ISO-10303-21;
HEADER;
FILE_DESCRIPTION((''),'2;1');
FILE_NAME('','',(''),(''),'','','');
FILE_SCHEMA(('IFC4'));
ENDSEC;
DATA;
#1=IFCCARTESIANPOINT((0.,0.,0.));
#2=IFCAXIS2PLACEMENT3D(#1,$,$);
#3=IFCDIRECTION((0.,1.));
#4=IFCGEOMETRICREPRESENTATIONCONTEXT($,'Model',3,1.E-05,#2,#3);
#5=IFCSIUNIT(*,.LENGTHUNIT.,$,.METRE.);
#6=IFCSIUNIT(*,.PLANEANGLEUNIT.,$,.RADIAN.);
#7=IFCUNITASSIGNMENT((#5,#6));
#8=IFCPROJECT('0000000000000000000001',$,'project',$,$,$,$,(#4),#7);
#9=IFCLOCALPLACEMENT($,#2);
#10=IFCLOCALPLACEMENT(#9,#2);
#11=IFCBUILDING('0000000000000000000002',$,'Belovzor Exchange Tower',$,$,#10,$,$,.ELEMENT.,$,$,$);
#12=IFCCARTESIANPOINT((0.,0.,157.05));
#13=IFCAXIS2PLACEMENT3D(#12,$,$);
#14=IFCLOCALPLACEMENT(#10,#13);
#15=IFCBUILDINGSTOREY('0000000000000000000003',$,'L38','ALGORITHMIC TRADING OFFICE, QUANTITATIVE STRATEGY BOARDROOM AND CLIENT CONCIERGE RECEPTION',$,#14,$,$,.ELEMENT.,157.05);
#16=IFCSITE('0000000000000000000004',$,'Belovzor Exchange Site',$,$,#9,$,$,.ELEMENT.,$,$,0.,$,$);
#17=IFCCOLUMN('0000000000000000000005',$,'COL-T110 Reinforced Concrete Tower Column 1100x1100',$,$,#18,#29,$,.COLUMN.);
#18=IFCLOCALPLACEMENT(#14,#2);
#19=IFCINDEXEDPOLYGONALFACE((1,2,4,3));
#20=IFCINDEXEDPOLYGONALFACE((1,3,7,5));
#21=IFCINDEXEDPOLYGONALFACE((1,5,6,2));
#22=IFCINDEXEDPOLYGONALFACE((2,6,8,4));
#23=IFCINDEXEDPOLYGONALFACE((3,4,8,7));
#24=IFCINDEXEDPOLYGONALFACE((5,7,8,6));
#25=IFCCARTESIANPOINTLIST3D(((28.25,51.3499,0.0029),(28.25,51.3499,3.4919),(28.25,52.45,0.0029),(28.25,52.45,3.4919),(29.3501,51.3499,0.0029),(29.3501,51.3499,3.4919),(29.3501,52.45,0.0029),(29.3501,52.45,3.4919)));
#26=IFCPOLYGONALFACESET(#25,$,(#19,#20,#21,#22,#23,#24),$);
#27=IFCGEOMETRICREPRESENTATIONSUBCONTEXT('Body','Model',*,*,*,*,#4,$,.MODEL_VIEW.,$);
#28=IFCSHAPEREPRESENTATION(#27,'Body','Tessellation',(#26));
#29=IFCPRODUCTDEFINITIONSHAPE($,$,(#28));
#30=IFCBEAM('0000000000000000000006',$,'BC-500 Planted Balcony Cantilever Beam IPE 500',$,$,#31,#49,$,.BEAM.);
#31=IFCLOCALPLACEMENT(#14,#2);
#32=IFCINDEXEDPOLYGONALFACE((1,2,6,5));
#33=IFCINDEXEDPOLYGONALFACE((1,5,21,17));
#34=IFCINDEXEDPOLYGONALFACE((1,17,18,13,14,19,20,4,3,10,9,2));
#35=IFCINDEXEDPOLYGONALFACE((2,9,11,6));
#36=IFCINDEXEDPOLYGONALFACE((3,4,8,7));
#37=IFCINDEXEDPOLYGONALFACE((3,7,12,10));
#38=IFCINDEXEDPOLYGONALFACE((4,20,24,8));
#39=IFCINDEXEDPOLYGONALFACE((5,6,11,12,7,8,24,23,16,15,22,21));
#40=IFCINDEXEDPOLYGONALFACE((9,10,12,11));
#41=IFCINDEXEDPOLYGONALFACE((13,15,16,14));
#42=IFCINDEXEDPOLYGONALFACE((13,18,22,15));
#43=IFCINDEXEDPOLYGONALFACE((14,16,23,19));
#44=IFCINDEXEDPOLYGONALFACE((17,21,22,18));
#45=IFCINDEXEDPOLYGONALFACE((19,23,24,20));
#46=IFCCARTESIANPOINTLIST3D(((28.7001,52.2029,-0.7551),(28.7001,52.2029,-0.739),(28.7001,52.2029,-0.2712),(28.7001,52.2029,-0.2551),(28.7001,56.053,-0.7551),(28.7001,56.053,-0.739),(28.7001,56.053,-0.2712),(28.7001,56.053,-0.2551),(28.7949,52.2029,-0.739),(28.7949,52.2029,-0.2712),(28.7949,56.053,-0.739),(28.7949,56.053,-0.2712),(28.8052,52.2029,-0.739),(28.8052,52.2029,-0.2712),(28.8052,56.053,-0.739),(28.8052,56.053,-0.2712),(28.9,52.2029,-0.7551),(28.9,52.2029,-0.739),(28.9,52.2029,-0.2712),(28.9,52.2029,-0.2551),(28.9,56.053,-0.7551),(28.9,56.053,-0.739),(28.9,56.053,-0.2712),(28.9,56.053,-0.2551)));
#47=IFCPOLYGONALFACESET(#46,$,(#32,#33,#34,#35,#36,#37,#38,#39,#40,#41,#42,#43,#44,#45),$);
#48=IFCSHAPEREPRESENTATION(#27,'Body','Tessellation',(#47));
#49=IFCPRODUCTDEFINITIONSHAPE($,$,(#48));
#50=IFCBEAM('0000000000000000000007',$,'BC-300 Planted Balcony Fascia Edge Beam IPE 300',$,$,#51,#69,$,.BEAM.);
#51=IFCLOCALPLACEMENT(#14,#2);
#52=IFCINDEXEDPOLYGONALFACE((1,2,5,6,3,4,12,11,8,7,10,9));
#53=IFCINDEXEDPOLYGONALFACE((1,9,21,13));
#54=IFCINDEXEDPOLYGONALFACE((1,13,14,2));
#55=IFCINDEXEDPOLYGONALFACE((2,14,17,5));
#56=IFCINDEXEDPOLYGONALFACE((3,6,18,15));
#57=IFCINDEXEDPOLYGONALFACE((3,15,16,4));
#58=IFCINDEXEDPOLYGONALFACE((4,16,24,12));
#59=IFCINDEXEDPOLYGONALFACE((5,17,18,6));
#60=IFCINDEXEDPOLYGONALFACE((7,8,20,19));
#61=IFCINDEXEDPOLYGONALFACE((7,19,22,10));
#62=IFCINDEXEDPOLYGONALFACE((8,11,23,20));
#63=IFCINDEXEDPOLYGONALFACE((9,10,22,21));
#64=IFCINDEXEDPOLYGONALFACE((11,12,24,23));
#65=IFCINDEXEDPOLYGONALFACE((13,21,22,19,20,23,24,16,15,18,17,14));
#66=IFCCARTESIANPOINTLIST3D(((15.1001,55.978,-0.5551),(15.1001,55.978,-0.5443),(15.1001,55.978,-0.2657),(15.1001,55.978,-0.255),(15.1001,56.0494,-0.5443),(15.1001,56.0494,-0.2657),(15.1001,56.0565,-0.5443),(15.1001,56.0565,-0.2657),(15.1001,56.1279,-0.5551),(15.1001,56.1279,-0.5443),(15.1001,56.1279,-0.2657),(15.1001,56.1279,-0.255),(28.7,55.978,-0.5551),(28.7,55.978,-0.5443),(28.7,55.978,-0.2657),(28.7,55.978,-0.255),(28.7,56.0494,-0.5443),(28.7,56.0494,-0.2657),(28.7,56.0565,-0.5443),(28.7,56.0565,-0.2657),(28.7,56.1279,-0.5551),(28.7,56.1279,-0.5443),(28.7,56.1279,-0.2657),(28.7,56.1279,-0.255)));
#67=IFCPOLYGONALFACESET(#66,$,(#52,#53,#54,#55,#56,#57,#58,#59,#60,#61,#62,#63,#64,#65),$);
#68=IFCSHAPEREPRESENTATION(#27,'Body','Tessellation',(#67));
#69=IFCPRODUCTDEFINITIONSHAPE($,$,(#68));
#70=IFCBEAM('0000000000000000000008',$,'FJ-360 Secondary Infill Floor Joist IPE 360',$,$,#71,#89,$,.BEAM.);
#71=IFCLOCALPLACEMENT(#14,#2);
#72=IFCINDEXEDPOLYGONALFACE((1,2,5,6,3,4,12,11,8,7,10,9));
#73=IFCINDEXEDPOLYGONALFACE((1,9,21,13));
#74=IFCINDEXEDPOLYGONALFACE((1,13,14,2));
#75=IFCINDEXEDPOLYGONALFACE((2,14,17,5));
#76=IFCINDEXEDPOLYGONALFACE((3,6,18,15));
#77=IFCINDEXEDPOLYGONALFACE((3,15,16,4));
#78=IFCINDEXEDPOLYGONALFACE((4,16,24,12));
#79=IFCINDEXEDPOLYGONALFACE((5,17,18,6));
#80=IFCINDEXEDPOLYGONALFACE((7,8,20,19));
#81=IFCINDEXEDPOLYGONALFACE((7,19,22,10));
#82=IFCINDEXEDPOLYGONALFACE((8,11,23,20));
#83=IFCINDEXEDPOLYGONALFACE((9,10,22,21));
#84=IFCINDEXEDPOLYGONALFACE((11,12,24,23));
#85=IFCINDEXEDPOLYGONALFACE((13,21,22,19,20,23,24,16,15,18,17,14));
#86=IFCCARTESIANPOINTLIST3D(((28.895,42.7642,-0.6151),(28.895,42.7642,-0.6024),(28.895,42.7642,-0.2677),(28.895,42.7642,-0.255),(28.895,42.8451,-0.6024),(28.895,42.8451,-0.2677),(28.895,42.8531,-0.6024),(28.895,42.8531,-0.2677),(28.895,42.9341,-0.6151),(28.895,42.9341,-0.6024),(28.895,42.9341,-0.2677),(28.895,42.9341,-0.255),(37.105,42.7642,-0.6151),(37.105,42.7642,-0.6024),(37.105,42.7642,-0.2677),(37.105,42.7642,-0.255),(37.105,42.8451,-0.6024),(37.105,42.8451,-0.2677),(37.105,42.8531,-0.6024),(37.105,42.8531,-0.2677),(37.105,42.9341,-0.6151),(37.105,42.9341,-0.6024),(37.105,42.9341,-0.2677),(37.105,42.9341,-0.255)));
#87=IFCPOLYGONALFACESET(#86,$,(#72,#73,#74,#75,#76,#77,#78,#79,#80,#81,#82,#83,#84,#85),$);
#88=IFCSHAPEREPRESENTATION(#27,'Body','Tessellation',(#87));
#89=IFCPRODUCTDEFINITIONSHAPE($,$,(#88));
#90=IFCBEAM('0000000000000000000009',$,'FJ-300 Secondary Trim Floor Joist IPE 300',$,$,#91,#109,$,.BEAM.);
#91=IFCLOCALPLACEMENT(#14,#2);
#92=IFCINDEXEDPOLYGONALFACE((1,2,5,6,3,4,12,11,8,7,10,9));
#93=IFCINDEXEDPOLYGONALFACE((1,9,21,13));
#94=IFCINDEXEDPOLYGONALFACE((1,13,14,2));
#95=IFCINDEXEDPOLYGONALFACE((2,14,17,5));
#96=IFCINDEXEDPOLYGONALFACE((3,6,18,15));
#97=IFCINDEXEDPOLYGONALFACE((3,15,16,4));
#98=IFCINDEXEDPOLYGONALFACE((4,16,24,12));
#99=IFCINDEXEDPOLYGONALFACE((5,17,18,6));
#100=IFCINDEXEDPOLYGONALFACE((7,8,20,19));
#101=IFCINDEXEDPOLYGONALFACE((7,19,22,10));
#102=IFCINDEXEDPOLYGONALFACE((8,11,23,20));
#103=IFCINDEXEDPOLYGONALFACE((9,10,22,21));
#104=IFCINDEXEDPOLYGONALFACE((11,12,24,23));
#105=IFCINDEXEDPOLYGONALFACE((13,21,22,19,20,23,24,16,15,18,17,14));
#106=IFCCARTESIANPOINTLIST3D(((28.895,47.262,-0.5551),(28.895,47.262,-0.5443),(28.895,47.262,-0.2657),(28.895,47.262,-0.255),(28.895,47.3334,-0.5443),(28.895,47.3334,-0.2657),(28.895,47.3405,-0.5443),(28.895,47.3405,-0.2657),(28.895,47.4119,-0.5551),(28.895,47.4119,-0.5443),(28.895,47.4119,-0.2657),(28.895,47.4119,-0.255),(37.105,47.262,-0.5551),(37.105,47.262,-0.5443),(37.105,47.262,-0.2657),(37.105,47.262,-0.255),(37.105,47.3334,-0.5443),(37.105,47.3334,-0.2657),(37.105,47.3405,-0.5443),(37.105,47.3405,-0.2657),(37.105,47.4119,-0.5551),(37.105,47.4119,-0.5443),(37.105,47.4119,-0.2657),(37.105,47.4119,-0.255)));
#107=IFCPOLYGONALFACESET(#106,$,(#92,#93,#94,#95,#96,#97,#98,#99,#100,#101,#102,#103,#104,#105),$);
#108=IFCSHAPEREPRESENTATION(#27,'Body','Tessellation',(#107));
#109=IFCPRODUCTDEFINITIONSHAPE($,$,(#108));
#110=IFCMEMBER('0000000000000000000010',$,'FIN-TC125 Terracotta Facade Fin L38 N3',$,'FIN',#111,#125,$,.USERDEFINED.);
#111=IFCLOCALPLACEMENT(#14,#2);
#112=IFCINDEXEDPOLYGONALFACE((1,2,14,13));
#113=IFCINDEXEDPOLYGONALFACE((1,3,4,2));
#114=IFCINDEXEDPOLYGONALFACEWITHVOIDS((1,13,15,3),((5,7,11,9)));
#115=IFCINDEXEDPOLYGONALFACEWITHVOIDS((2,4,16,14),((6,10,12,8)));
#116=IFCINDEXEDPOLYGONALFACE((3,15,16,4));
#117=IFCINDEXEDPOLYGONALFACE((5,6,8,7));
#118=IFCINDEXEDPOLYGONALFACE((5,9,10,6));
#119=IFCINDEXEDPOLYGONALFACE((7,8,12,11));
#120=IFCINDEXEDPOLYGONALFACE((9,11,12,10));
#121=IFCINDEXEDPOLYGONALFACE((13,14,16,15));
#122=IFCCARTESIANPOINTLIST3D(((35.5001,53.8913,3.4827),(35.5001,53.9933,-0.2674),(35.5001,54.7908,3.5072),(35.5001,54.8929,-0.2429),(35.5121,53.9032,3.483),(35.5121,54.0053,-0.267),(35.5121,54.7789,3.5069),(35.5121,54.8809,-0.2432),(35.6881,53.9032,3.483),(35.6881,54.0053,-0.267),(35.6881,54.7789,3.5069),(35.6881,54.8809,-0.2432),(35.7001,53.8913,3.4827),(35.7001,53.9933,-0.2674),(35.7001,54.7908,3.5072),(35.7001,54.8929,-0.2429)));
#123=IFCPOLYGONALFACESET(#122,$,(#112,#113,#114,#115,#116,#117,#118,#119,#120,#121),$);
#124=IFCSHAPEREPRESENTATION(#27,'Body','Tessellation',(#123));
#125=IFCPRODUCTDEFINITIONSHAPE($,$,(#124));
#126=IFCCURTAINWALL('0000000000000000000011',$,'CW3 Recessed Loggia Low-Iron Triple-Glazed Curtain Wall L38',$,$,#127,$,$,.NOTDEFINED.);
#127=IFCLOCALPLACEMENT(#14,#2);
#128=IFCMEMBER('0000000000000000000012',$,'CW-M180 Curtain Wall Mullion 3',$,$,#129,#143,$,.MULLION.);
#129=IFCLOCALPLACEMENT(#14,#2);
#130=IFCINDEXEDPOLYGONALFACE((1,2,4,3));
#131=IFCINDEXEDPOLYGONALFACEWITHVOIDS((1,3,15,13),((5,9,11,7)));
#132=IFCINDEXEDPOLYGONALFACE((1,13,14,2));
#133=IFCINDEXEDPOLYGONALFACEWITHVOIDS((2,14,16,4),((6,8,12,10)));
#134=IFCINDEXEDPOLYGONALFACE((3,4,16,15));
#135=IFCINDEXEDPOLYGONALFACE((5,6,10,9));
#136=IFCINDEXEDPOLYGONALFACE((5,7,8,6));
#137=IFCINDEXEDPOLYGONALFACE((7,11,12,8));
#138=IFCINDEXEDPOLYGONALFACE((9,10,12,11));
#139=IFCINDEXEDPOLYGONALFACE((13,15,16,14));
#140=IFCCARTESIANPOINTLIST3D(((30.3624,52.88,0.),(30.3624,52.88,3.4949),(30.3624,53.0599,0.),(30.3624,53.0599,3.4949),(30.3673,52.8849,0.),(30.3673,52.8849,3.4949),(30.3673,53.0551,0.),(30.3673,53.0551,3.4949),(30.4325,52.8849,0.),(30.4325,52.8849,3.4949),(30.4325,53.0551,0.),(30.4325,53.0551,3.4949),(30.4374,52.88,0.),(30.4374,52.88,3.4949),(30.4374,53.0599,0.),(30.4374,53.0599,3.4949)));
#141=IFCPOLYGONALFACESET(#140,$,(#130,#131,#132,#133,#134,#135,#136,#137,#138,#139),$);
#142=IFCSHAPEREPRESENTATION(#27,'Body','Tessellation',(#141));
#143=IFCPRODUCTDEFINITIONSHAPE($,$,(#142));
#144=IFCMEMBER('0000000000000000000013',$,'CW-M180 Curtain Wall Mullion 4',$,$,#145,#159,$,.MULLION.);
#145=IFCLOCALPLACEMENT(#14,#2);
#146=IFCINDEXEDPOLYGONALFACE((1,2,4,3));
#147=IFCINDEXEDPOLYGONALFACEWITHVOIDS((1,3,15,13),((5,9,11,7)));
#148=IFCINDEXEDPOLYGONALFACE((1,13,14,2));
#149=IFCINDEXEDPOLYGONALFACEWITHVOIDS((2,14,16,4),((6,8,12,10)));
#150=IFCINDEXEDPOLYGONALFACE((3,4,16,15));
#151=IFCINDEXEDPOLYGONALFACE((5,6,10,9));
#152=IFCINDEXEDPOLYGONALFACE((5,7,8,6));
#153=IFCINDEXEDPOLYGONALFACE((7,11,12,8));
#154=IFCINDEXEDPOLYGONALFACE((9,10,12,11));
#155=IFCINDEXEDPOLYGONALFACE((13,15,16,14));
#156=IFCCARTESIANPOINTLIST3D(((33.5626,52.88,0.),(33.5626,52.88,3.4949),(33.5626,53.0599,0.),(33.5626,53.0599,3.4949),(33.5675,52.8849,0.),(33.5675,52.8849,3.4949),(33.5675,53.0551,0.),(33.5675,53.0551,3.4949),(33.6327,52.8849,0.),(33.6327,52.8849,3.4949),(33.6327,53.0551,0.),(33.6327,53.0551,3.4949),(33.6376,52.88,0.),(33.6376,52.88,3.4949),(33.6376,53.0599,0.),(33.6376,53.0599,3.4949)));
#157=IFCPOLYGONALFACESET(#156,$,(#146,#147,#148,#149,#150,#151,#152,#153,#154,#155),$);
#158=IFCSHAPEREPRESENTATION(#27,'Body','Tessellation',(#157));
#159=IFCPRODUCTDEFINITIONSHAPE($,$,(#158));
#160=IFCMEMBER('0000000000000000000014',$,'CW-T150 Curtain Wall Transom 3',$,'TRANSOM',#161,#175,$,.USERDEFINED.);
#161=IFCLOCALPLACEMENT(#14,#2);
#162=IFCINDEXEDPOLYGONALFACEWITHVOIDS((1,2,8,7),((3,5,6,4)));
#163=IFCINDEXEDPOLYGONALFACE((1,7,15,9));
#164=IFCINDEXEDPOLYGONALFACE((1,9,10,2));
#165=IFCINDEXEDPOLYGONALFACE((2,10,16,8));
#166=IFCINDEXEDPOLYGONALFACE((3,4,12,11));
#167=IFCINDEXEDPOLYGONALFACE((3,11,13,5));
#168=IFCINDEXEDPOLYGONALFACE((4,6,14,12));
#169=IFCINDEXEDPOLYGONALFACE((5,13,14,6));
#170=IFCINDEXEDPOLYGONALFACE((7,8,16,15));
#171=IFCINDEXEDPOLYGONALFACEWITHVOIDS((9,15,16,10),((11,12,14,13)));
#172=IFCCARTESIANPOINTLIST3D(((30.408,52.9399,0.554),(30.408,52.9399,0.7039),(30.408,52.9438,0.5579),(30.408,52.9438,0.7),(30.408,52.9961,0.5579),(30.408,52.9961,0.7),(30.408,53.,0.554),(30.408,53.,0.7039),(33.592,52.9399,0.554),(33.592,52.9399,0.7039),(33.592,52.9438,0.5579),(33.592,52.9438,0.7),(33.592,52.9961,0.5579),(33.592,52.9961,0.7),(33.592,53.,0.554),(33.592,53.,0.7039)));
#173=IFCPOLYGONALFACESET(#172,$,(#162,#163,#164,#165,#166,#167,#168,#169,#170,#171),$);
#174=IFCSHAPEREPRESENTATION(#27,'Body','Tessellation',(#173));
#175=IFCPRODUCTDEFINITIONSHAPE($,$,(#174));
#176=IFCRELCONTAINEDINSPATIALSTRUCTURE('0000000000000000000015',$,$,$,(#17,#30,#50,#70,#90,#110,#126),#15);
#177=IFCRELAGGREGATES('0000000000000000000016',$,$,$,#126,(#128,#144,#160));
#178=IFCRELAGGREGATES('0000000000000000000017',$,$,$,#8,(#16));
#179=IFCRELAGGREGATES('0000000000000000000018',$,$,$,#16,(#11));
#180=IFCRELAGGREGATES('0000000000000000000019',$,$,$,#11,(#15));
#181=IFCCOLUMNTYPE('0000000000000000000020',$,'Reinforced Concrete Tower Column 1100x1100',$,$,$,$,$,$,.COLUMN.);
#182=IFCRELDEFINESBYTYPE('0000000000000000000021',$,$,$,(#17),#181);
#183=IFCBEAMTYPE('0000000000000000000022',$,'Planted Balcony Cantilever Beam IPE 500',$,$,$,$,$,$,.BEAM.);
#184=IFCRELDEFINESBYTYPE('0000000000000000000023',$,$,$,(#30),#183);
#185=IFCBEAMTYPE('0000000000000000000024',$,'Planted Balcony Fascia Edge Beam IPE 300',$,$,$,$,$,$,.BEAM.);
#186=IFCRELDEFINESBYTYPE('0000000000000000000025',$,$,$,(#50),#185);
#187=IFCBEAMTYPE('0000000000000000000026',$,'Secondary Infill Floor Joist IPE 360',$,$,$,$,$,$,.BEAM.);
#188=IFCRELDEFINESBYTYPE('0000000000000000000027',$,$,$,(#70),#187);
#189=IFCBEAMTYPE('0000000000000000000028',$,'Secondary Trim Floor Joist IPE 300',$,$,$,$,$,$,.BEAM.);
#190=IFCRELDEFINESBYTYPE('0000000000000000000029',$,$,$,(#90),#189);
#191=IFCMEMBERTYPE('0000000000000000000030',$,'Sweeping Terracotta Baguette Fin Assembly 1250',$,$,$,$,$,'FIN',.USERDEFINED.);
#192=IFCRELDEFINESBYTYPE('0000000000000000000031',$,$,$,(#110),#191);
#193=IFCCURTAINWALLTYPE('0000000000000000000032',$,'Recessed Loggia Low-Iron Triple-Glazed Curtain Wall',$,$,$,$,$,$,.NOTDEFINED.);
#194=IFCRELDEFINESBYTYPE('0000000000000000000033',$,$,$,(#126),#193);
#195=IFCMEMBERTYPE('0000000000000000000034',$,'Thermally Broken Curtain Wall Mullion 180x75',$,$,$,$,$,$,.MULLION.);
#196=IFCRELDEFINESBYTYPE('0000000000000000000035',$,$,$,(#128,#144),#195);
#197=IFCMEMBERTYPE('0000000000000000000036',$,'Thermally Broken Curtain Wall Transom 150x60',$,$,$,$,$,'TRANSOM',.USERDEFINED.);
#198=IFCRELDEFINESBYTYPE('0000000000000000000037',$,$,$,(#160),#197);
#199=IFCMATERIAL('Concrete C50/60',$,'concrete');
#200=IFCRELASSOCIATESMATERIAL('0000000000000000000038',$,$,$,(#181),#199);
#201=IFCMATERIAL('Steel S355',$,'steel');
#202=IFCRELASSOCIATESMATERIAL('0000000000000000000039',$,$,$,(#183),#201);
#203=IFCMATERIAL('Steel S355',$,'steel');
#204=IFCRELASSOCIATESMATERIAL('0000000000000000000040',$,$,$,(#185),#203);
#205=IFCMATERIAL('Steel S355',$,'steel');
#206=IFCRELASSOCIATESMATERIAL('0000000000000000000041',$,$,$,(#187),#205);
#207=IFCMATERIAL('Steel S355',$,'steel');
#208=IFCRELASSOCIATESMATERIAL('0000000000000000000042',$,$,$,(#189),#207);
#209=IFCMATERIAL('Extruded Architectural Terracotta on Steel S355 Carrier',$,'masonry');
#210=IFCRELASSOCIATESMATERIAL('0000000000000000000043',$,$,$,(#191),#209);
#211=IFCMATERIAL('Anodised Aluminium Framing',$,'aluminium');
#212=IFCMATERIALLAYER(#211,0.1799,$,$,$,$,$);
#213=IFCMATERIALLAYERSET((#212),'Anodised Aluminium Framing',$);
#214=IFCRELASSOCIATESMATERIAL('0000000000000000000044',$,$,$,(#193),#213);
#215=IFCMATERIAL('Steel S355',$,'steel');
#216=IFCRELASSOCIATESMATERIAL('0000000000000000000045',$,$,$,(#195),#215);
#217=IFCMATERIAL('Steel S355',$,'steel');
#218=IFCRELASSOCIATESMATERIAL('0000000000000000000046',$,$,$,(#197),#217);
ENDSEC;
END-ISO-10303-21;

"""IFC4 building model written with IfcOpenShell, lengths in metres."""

from ifc_helpers import new_model, si_unit, direction, frame, origin, origin_2d, place, context, subcontext, project, spatial, rectangle, hollow_rectangle, i_section, extrude, material, layer, layer_set, material_profile, profile_set, type_object, element, aggregate, save


model = new_model("IFC4")

# Units and contexts
model_context = context("Model", 3, precision=1e-05, world=origin(), true_north=direction((0.0, 1.0)))
body_context = subcontext(model_context, "Body", "Model", "MODEL_VIEW")
ifc_project = project(units=[si_unit("LENGTHUNIT", "METRE"), si_unit("PLANEANGLEUNIT", "RADIAN")], contexts=[model_context])

# Site, building, storey
site_placement = place(None, origin())
site = spatial("IfcSite", under=ifc_project, at=site_placement, Name="Belovzor Exchange Site", CompositionType="ELEMENT", RefElevation=0.0)
building_placement = place(site_placement, origin())
building = spatial("IfcBuilding", under=site, at=building_placement, Name="Belovzor Exchange Tower", CompositionType="ELEMENT")
storey_placement = place(building_placement, frame((0.0, 0.0, 157.05)))
storey = spatial("IfcBuildingStorey", under=building, at=storey_placement, Name="L38", Description="ALGORITHMIC TRADING OFFICE, QUANTITATIVE STRATEGY BOARDROOM AND CLIENT CONCIERGE RECEPTION", CompositionType="ELEMENT", Elevation=157.05)

# Column
ifc_material_1 = material(Name="Concrete C50/60", Category="concrete")
ifc_material_profile_1 = material_profile(ifc_material_1, rectangle(XDim=1.1001, YDim=1.1001, at=origin_2d()))
ifc_profile_set_1 = profile_set([ifc_material_profile_1], Name="Concrete C50/60")
column_type = type_object("IfcColumnType", Name="Reinforced Concrete Tower Column 1100x1100", PredefinedType="COLUMN", material=ifc_profile_set_1)
column_placement = place(storey_placement, frame((28.8, 51.8999, 0.0029), z_axis=(0.0, 0.0, 1.0), x_axis=(1.0, 0.0, 0.0)))
element("IfcColumn", 1, at=column_placement, inside=storey, type_object=column_type, Name="COL-T110 Reinforced Concrete Tower Column 1100x1100", PredefinedType="COLUMN", context=body_context, shape_type="SweptSolid", body=[
    extrude(rectangle(XDim=1.1001, YDim=1.1001, at=origin_2d()), origin(), (0.0, 0.0, 1.0), 3.489),
])

# Beams
ifc_material_2 = material(Name="Steel S355", Category="steel")
ifc_material_profile_2 = material_profile(ifc_material_2, i_section(OverallWidth=0.2, OverallDepth=0.5, WebThickness=0.0103, FlangeThickness=0.0161, at=origin_2d()))
ifc_profile_set_2 = profile_set([ifc_material_profile_2], Name="Steel S355")
beam_type_1 = type_object("IfcBeamType", Name="Planted Balcony Cantilever Beam IPE 500", PredefinedType="BEAM", material=ifc_profile_set_2)
beam_1_placement = place(storey_placement, frame((28.8, 52.2029, -0.5051), z_axis=(0.0, 1.0, 0.0), x_axis=(-1.0, 0.0, 0.0)))
element("IfcBeam", 2, at=beam_1_placement, inside=storey, type_object=beam_type_1, Name="BC-500 Planted Balcony Cantilever Beam IPE 500", PredefinedType="BEAM", context=body_context, shape_type="SweptSolid", body=[
    extrude(i_section(OverallWidth=0.2, OverallDepth=0.5, WebThickness=0.0103, FlangeThickness=0.0161, at=origin_2d()), origin(), (0.0, 0.0, 1.0), 3.8501),
])
ifc_material_3 = material(Name="Steel S355", Category="steel")
ifc_material_profile_3 = material_profile(ifc_material_3, i_section(OverallWidth=0.1499, OverallDepth=0.3, WebThickness=0.0071, FlangeThickness=0.0107, at=origin_2d()))
ifc_profile_set_3 = profile_set([ifc_material_profile_3], Name="Steel S355")
beam_type_2 = type_object("IfcBeamType", Name="Planted Balcony Fascia Edge Beam IPE 300", PredefinedType="BEAM", material=ifc_profile_set_3)
beam_2_placement = place(storey_placement, frame((28.7, 56.053, -0.405), z_axis=(-1.0, 0.0, 0.0), x_axis=(0.0, -1.0, 0.0)))
element("IfcBeam", 3, at=beam_2_placement, inside=storey, type_object=beam_type_2, Name="BC-300 Planted Balcony Fascia Edge Beam IPE 300", PredefinedType="BEAM", context=body_context, shape_type="SweptSolid", body=[
    extrude(i_section(OverallWidth=0.1499, OverallDepth=0.3, WebThickness=0.0071, FlangeThickness=0.0107, at=origin_2d()), origin(), (0.0, 0.0, 1.0), 13.5999),
])
ifc_material_4 = material(Name="Steel S355", Category="steel")
ifc_material_profile_4 = material_profile(ifc_material_4, i_section(OverallWidth=0.1699, OverallDepth=0.3601, WebThickness=0.0081, FlangeThickness=0.0127, at=origin_2d()))
ifc_profile_set_4 = profile_set([ifc_material_profile_4], Name="Steel S355")
beam_type_3 = type_object("IfcBeamType", Name="Secondary Infill Floor Joist IPE 360", PredefinedType="BEAM", material=ifc_profile_set_4)
beam_3_placement = place(storey_placement, frame((28.895, 42.8491, -0.4351), z_axis=(1.0, 0.0, 0.0), x_axis=(0.0, 1.0, 0.0)))
element("IfcBeam", 4, at=beam_3_placement, inside=storey, type_object=beam_type_3, Name="FJ-360 Secondary Infill Floor Joist IPE 360", PredefinedType="BEAM", context=body_context, shape_type="SweptSolid", body=[
    extrude(i_section(OverallWidth=0.1699, OverallDepth=0.3601, WebThickness=0.0081, FlangeThickness=0.0127, at=origin_2d()), origin(), (0.0, 0.0, 1.0), 8.21),
])
ifc_material_5 = material(Name="Steel S355", Category="steel")
ifc_material_profile_5 = material_profile(ifc_material_5, i_section(OverallWidth=0.1499, OverallDepth=0.3, WebThickness=0.0071, FlangeThickness=0.0107, at=origin_2d()))
ifc_profile_set_5 = profile_set([ifc_material_profile_5], Name="Steel S355")
beam_type_4 = type_object("IfcBeamType", Name="Secondary Trim Floor Joist IPE 300", PredefinedType="BEAM", material=ifc_profile_set_5)
beam_4_placement = place(storey_placement, frame((28.895, 47.3369, -0.405), z_axis=(1.0, 0.0, 0.0), x_axis=(0.0, 1.0, 0.0)))
element("IfcBeam", 5, at=beam_4_placement, inside=storey, type_object=beam_type_4, Name="FJ-300 Secondary Trim Floor Joist IPE 300", PredefinedType="BEAM", context=body_context, shape_type="SweptSolid", body=[
    extrude(i_section(OverallWidth=0.1499, OverallDepth=0.3, WebThickness=0.0071, FlangeThickness=0.0107, at=origin_2d()), origin(), (0.0, 0.0, 1.0), 8.21),
])

# Member
ifc_material_6 = material(Name="Extruded Architectural Terracotta on Steel S355 Carrier", Category="masonry")
ifc_material_profile_6 = material_profile(ifc_material_6, hollow_rectangle(XDim=0.2, YDim=0.8999, WallThickness=0.012, at=origin_2d()))
ifc_profile_set_6 = profile_set([ifc_material_profile_6], Name="Extruded Architectural Terracotta on Steel S355 Carrier")
member_type_1 = type_object("IfcMemberType", Name="Sweeping Terracotta Baguette Fin Assembly 1250", ElementType="FIN", PredefinedType="USERDEFINED", material=ifc_profile_set_6)
member_1_placement = place(storey_placement, frame((35.6001, 54.4431, -0.2551), z_axis=(0.0, -0.027203, 0.99963), x_axis=(1.0, 0.0, 0.0)))
element("IfcMember", 6, at=member_1_placement, inside=storey, type_object=member_type_1, Name="FIN-TC125 Terracotta Facade Fin L38 N3", ObjectType="FIN", PredefinedType="USERDEFINED", context=body_context, shape_type="SweptSolid", body=[
    extrude(hollow_rectangle(XDim=0.2, YDim=0.8999, WallThickness=0.012, at=origin_2d()), origin(), (0.0, 0.0, 1.0), 3.7515),
])

# Curtain wall, members
ifc_material_7 = material(Name="Anodised Aluminium Framing", Category="aluminium")
ifc_layer_1 = layer(ifc_material_7, 0.1799)
ifc_layer_set_1 = layer_set([ifc_layer_1], Name="Anodised Aluminium Framing")
curtain_wall_type = type_object("IfcCurtainWallType", Name="Recessed Loggia Low-Iron Triple-Glazed Curtain Wall", PredefinedType="NOTDEFINED", material=ifc_layer_set_1)
curtain_wall_placement = place(storey_placement, origin())
curtain_wall = element("IfcCurtainWall", 7, at=curtain_wall_placement, inside=storey, type_object=curtain_wall_type, Name="CW3 Recessed Loggia Low-Iron Triple-Glazed Curtain Wall L38", PredefinedType="NOTDEFINED")
ifc_material_8 = material(Name="Steel S355", Category="steel")
ifc_material_profile_7 = material_profile(ifc_material_8, hollow_rectangle(XDim=0.075, YDim=0.1799, WallThickness=0.0049, at=origin_2d()))
ifc_profile_set_7 = profile_set([ifc_material_profile_7], Name="Steel S355")
member_type_2 = type_object("IfcMemberType", Name="Thermally Broken Curtain Wall Mullion 180x75", PredefinedType="MULLION", material=ifc_profile_set_7)
member_2_placement = place(storey_placement, frame((30.3999, 52.97, 0.0), z_axis=(0.0, 0.0, 1.0), x_axis=(1.0, 0.0, 0.0)))
member_2 = element("IfcMember", 8, at=member_2_placement, type_object=member_type_2, Name="CW-M180 Curtain Wall Mullion 3", PredefinedType="MULLION", context=body_context, shape_type="SweptSolid", body=[
    extrude(hollow_rectangle(XDim=0.075, YDim=0.1799, WallThickness=0.0049, at=origin_2d()), origin(), (0.0, 0.0, 1.0), 3.4949),
])
member_3_placement = place(storey_placement, frame((33.6001, 52.97, 0.0), z_axis=(0.0, 0.0, 1.0), x_axis=(1.0, 0.0, 0.0)))
member_3 = element("IfcMember", 9, at=member_3_placement, type_object=member_type_2, Name="CW-M180 Curtain Wall Mullion 4", PredefinedType="MULLION", context=body_context, shape_type="SweptSolid", body=[
    extrude(hollow_rectangle(XDim=0.075, YDim=0.1799, WallThickness=0.0049, at=origin_2d()), origin(), (0.0, 0.0, 1.0), 3.4949),
])
ifc_material_9 = material(Name="Steel S355", Category="steel")
ifc_material_profile_8 = material_profile(ifc_material_9, hollow_rectangle(XDim=0.0601, YDim=0.1499, WallThickness=0.0039, at=origin_2d()))
ifc_profile_set_8 = profile_set([ifc_material_profile_8], Name="Steel S355")
member_type_3 = type_object("IfcMemberType", Name="Thermally Broken Curtain Wall Transom 150x60", ElementType="TRANSOM", PredefinedType="USERDEFINED", material=ifc_profile_set_8)
member_4_placement = place(storey_placement, frame((30.408, 52.97, 0.6289), z_axis=(1.0, 0.0, 0.0), x_axis=(0.0, 1.0, 0.0)))
member_4 = element("IfcMember", 10, at=member_4_placement, type_object=member_type_3, Name="CW-T150 Curtain Wall Transom 3", ObjectType="TRANSOM", PredefinedType="USERDEFINED", context=body_context, shape_type="SweptSolid", body=[
    extrude(hollow_rectangle(XDim=0.0601, YDim=0.1499, WallThickness=0.0039, at=origin_2d()), origin(), (0.0, 0.0, 1.0), 3.1841),
])

aggregate(curtain_wall, [member_2, member_3, member_4])

save(model, "model.ifc")
